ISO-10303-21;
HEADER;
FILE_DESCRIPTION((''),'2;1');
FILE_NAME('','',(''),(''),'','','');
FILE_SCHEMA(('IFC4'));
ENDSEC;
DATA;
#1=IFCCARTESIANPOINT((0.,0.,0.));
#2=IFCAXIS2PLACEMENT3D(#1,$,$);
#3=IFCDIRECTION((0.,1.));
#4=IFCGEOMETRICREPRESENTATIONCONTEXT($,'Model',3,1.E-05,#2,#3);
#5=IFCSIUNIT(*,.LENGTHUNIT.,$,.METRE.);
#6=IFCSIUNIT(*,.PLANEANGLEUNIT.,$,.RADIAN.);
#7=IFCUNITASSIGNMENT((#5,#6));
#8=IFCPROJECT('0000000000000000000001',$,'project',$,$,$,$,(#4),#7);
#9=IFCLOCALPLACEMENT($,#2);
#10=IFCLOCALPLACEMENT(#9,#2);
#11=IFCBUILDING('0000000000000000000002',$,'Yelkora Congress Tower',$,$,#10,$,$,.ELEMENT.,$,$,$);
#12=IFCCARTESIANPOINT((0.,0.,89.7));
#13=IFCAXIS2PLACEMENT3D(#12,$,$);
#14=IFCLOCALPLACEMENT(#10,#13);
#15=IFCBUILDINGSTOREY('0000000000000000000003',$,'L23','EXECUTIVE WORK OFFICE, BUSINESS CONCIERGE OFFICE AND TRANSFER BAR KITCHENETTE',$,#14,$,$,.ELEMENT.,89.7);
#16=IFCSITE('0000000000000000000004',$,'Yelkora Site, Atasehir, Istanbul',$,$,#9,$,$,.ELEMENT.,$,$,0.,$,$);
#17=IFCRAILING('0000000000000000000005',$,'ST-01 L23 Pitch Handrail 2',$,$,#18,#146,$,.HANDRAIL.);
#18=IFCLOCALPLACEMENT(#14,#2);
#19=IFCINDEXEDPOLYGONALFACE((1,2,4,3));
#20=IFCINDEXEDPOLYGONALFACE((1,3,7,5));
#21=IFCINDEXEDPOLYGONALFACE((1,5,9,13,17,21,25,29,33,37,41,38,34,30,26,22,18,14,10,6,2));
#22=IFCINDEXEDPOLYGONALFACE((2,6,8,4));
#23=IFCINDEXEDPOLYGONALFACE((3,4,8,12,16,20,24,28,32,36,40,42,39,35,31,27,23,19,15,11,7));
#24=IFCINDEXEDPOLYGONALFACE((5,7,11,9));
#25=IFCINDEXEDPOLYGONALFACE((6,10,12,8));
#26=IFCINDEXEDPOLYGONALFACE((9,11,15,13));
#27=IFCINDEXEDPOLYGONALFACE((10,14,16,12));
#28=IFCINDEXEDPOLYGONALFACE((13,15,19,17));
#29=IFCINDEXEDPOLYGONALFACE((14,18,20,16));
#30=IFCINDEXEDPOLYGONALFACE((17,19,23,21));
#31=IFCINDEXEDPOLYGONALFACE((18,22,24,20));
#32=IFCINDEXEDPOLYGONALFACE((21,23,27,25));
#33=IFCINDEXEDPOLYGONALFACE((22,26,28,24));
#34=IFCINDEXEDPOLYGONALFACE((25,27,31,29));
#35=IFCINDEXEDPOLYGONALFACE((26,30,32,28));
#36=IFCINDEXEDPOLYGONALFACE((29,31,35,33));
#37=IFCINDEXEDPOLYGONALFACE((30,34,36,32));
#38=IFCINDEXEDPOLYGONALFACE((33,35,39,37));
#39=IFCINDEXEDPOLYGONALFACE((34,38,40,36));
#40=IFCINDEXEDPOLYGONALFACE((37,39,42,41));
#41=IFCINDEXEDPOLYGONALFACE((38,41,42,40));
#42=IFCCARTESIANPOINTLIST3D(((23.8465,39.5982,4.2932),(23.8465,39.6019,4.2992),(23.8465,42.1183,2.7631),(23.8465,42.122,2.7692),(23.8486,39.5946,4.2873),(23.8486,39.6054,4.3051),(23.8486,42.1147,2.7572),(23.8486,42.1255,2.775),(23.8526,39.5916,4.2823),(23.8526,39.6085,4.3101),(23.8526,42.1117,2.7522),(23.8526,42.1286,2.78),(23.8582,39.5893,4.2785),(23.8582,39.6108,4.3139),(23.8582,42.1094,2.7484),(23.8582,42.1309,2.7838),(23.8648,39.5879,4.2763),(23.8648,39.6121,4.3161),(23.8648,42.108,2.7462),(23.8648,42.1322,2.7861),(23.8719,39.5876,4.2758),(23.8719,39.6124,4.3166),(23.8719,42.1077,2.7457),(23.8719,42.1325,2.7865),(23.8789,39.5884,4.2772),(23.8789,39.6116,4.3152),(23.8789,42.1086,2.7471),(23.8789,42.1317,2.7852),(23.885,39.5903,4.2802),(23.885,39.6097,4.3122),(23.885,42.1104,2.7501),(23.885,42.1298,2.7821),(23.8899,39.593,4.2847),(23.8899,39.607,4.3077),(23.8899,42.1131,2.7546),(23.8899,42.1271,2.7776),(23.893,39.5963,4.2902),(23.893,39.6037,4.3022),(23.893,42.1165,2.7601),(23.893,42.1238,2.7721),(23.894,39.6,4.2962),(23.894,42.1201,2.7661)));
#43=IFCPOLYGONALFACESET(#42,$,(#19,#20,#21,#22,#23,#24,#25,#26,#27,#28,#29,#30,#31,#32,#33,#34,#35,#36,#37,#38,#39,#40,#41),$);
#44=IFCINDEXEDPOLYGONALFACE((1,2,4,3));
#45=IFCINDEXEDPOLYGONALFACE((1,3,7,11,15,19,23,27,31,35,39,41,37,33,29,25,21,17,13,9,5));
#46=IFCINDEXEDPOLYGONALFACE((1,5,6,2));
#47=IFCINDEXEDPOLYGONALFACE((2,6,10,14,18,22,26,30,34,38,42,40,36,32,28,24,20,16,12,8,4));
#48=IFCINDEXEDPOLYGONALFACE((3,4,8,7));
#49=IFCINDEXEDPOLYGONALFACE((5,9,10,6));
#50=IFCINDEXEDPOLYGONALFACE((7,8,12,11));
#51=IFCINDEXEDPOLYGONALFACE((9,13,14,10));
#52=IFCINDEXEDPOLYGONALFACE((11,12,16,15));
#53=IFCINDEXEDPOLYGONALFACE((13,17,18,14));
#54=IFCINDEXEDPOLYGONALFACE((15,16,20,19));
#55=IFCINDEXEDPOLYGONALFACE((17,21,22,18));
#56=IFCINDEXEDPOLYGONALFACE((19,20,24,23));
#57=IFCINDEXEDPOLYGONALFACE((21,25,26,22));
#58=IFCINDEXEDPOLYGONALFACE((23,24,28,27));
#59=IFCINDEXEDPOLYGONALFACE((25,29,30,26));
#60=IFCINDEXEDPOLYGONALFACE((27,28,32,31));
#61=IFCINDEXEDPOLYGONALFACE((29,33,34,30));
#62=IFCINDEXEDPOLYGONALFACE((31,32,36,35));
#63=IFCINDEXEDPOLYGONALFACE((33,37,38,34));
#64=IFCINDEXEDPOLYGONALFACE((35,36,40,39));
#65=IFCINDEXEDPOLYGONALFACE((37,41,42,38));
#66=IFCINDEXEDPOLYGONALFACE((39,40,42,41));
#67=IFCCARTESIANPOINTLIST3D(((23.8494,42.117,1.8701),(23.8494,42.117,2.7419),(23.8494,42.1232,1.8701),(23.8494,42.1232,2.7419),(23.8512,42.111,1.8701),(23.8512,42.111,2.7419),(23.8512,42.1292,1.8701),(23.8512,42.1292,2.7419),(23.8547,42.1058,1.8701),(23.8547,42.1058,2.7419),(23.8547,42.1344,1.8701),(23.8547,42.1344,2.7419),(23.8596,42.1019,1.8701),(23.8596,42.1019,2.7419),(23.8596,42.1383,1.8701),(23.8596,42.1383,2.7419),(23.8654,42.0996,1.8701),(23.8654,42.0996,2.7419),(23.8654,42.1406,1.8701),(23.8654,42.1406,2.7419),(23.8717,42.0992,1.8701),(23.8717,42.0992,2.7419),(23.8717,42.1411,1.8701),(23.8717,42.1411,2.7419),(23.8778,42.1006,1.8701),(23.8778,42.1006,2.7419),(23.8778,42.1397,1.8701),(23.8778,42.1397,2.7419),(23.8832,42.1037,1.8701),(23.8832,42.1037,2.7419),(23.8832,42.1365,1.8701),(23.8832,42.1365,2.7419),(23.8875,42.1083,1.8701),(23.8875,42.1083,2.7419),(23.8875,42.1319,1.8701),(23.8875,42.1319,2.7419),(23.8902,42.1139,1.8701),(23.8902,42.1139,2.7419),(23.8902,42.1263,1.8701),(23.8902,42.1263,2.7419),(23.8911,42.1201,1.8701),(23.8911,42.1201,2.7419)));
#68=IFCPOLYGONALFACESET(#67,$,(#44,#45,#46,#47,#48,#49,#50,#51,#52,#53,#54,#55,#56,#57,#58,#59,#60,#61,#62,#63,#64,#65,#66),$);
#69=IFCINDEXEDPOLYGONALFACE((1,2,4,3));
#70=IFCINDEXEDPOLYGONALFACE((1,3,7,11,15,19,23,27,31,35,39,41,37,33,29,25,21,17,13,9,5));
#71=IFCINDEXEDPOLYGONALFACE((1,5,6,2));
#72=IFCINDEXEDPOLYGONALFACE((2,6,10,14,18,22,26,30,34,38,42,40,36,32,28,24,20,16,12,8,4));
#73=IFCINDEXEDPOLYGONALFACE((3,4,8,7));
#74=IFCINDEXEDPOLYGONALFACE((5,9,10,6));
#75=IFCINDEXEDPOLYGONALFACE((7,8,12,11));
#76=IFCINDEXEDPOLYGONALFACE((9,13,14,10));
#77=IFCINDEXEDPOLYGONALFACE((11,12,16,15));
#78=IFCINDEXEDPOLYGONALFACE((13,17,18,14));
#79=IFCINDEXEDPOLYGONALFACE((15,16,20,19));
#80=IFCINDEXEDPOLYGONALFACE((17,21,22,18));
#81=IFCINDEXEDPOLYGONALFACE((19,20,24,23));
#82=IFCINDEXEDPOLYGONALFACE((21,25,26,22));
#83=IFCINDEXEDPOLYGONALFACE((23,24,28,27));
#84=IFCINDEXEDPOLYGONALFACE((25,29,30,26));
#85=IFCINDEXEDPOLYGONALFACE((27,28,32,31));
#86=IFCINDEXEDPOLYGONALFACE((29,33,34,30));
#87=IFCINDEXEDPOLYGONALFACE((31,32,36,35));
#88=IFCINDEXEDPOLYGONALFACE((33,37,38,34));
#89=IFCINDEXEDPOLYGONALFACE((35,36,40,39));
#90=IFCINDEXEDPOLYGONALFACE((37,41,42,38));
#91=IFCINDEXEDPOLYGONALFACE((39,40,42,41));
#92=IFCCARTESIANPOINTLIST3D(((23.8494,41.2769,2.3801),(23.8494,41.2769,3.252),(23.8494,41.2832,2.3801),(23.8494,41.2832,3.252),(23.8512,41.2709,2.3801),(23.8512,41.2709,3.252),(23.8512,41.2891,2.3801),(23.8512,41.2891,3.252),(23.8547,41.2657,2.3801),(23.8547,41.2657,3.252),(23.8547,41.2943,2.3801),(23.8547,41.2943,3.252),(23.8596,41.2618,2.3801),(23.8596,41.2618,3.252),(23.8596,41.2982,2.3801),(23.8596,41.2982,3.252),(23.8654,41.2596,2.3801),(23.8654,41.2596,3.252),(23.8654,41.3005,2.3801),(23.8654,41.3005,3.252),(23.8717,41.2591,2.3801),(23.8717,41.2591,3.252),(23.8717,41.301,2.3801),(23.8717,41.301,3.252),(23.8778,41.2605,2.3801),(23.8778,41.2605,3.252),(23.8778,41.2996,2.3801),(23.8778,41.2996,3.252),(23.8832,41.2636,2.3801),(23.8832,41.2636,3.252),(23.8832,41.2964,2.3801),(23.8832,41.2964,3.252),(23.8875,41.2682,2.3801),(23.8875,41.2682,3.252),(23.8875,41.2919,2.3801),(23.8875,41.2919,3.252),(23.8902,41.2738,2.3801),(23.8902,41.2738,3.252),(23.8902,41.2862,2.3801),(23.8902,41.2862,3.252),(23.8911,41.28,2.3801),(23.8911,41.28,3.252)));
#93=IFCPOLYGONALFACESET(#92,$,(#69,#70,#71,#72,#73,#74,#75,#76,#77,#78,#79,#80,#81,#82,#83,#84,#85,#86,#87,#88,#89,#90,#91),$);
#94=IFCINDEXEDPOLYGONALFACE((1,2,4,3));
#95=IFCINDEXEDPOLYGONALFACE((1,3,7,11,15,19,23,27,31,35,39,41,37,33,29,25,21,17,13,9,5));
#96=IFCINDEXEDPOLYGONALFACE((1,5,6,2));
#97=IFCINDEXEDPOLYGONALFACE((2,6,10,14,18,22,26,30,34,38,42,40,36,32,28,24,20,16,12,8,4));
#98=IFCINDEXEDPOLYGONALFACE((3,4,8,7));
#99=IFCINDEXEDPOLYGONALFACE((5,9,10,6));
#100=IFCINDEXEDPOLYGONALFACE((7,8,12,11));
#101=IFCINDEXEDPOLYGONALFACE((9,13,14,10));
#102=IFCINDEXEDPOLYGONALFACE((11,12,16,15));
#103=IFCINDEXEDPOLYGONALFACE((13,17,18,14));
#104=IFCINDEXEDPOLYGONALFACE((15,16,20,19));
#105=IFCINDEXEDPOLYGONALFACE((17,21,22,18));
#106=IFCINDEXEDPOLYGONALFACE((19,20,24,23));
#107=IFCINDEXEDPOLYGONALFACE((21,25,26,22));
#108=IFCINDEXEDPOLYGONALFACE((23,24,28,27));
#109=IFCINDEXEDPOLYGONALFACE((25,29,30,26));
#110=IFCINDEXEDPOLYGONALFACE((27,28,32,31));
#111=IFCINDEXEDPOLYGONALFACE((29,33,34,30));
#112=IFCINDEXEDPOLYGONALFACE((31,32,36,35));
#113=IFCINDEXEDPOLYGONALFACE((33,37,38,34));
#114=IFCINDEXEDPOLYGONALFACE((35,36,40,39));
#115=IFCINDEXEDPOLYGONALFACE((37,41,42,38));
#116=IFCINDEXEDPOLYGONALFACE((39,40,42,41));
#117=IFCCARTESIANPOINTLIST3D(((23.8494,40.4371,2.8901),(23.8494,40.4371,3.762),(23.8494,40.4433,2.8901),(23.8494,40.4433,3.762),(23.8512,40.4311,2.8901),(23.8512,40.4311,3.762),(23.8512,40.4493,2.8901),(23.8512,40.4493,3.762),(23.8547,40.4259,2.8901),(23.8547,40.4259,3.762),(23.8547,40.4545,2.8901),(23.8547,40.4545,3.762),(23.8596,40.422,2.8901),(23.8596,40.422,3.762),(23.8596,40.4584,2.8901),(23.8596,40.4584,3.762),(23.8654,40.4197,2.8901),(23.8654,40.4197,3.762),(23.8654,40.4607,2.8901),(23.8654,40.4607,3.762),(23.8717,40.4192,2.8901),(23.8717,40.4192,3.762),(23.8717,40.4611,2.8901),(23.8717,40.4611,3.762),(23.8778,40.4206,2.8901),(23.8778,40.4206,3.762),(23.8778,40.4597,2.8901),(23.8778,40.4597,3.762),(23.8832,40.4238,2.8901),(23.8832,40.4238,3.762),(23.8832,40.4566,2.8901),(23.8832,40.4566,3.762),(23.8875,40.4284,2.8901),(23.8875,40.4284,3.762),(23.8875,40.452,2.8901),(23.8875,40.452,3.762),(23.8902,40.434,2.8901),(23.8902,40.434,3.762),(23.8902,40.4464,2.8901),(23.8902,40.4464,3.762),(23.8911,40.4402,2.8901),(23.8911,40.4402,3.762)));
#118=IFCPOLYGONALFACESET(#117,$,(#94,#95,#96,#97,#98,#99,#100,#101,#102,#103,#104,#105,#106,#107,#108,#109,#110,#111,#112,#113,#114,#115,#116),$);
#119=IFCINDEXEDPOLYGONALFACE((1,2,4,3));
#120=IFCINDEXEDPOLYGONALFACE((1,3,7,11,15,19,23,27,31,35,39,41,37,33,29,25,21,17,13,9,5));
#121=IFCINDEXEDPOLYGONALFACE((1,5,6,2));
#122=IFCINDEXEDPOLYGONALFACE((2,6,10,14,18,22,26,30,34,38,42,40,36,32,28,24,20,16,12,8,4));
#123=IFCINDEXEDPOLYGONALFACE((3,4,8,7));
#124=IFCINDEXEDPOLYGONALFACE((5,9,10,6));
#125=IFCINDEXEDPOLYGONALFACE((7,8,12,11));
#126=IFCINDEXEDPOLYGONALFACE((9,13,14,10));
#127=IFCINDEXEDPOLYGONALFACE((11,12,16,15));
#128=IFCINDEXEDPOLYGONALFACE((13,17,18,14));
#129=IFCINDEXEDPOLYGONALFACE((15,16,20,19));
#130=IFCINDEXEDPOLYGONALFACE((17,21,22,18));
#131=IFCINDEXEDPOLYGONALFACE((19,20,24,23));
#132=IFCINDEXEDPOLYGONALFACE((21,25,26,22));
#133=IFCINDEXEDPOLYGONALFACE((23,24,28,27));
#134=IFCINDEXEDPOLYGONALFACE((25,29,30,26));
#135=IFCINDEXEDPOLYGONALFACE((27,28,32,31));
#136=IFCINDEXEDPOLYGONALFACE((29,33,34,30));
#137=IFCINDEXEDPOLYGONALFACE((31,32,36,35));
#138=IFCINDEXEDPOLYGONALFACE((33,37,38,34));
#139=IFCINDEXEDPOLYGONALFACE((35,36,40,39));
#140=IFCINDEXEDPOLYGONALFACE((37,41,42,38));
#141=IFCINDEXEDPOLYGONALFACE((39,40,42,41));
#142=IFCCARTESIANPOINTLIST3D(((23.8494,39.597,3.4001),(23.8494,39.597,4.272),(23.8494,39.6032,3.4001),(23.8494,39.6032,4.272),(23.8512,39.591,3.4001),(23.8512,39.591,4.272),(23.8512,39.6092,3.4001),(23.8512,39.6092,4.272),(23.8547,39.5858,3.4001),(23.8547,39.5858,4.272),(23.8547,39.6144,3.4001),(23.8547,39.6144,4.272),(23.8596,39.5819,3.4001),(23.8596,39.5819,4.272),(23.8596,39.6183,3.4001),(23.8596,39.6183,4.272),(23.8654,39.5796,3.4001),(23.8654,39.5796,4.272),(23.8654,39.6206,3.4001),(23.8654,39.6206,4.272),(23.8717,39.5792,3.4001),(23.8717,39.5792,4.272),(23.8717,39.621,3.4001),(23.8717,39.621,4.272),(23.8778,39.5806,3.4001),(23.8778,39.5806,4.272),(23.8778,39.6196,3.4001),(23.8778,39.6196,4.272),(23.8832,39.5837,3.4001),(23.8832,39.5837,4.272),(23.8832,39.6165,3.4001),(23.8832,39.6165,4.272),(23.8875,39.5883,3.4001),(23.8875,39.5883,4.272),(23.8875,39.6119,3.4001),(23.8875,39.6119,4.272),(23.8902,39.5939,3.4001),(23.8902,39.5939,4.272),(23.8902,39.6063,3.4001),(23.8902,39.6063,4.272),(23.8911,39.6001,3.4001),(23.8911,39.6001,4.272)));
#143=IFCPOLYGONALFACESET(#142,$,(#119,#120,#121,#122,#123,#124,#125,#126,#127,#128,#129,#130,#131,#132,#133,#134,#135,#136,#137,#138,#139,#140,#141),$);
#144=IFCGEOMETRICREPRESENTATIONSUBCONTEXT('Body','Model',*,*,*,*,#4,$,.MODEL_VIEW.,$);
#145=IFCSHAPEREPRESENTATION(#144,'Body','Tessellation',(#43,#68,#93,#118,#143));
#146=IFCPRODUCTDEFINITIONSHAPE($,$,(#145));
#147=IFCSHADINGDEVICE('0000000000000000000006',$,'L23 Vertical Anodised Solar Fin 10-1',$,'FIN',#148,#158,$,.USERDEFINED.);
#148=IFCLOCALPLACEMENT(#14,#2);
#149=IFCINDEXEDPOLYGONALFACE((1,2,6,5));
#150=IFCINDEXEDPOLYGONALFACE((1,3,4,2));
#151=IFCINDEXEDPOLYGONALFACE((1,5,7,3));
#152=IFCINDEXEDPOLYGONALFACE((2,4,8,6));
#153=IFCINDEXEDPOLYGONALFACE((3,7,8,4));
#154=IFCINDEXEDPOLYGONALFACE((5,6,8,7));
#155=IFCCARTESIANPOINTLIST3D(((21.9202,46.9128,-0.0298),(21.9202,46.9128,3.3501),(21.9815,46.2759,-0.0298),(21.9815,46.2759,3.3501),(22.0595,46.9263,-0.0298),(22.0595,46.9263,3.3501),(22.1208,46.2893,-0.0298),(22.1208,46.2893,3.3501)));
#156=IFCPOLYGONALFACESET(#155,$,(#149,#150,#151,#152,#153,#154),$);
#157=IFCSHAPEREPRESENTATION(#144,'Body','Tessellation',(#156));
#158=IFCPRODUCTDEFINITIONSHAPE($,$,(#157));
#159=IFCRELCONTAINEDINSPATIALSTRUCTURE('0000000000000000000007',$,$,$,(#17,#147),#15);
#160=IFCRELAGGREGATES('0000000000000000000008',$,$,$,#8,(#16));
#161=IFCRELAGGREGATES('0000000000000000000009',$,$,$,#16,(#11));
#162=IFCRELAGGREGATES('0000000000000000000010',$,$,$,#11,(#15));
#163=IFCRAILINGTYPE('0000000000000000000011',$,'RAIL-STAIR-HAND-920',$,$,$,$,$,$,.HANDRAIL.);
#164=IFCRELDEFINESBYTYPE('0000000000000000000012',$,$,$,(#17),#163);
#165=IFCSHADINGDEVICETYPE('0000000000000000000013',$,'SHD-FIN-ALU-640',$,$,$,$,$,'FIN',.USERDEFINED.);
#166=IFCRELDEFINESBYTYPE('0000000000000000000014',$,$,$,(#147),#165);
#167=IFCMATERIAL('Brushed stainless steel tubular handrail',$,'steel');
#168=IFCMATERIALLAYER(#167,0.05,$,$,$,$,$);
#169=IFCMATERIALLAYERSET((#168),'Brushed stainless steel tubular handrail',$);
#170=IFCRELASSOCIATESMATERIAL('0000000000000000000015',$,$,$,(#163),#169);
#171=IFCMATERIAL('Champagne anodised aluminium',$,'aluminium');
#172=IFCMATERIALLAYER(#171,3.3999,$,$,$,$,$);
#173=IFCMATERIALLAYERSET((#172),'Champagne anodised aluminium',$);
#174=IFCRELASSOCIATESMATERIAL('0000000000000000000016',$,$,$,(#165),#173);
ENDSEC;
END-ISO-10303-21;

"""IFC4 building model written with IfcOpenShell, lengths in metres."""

from ifc_helpers import new_model, si_unit, direction, frame, origin, origin_2d, place, context, subcontext, project, spatial, rectangle, circle, extrude, material, layer, layer_set, type_object, element, save


model = new_model("IFC4")

# Units and contexts
model_context = context("Model", 3, precision=1e-05, world=origin(), true_north=direction((0.0, 1.0)))
body_context = subcontext(model_context, "Body", "Model", "MODEL_VIEW")
ifc_project = project(units=[si_unit("LENGTHUNIT", "METRE"), si_unit("PLANEANGLEUNIT", "RADIAN")], contexts=[model_context])

# Site, building, storey
site_placement = place(None, origin())
site = spatial("IfcSite", under=ifc_project, at=site_placement, Name="Yelkora Site, Atasehir, Istanbul", CompositionType="ELEMENT", RefElevation=0.0)
building_placement = place(site_placement, origin())
building = spatial("IfcBuilding", under=site, at=building_placement, Name="Yelkora Congress Tower", CompositionType="ELEMENT")
storey_placement = place(building_placement, frame((0.0, 0.0, 89.7)))
storey = spatial("IfcBuildingStorey", under=building, at=storey_placement, Name="L23", Description="EXECUTIVE WORK OFFICE, BUSINESS CONCIERGE OFFICE AND TRANSFER BAR KITCHENETTE", CompositionType="ELEMENT", Elevation=89.7)

# Railing
ifc_material_1 = material(Name="Brushed stainless steel tubular handrail", Category="steel")
ifc_layer_1 = layer(ifc_material_1, 0.05)
ifc_layer_set_1 = layer_set([ifc_layer_1], Name="Brushed stainless steel tubular handrail")
railing_type_1 = type_object("IfcRailingType", Name="RAIL-STAIR-HAND-920", PredefinedType="HANDRAIL", material=ifc_layer_set_1)
railing_1_placement = place(storey_placement, frame((23.8701, 42.1201, 1.8701)))
element("IfcRailing", 1, at=railing_1_placement, inside=storey, type_object=railing_type_1, Name="ST-01 L23 Pitch Handrail 2", PredefinedType="HANDRAIL", context=body_context, shape_type="SweptSolid", body=[
    extrude(circle(Radius=0.0239, at=origin_2d()), frame((0.0, 0.0, 0.896), z_axis=(0.0, -0.854785, 0.518982), x_axis=(1.0, 0.0, 0.0)), (0.0, 0.0, 1.0), 2.9482),
    extrude(circle(Radius=0.021, at=origin_2d()), origin(), (0.0, 0.0, 1.0), 0.8718),
    extrude(circle(Radius=0.021, at=origin_2d()), frame((0.0, -0.8401, 0.51)), (0.0, 0.0, 1.0), 0.8718),
    extrude(circle(Radius=0.021, at=origin_2d()), frame((0.0, -1.6799, 1.02)), (0.0, 0.0, 1.0), 0.8718),
    extrude(circle(Radius=0.021, at=origin_2d()), frame((0.0, -2.52, 1.53)), (0.0, 0.0, 1.0), 0.8718),
])

# Shading device
ifc_material_2 = material(Name="Champagne anodised aluminium", Category="aluminium")
ifc_layer_2 = layer(ifc_material_2, 3.3999)
ifc_layer_set_2 = layer_set([ifc_layer_2], Name="Champagne anodised aluminium")
shading_device_type = type_object("IfcShadingDeviceType", Name="SHD-FIN-ALU-640", ElementType="FIN", PredefinedType="USERDEFINED", material=ifc_layer_set_2)
shading_device_placement = place(storey_placement, frame((22.0205, 46.6011, -0.0298), z_axis=(0.0, 0.0, 1.0), x_axis=(0.995396, 0.095846, 0.0)))
element("IfcShadingDevice", 2, at=shading_device_placement, inside=storey, type_object=shading_device_type, Name="L23 Vertical Anodised Solar Fin 10-1", ObjectType="FIN", PredefinedType="USERDEFINED", context=body_context, shape_type="SweptSolid", body=[
    extrude(rectangle(XDim=0.1399, YDim=0.6399, at=origin_2d()), origin(), (0.0, 0.0, 1.0), 3.3799),
])

save(model, "model.ifc")
